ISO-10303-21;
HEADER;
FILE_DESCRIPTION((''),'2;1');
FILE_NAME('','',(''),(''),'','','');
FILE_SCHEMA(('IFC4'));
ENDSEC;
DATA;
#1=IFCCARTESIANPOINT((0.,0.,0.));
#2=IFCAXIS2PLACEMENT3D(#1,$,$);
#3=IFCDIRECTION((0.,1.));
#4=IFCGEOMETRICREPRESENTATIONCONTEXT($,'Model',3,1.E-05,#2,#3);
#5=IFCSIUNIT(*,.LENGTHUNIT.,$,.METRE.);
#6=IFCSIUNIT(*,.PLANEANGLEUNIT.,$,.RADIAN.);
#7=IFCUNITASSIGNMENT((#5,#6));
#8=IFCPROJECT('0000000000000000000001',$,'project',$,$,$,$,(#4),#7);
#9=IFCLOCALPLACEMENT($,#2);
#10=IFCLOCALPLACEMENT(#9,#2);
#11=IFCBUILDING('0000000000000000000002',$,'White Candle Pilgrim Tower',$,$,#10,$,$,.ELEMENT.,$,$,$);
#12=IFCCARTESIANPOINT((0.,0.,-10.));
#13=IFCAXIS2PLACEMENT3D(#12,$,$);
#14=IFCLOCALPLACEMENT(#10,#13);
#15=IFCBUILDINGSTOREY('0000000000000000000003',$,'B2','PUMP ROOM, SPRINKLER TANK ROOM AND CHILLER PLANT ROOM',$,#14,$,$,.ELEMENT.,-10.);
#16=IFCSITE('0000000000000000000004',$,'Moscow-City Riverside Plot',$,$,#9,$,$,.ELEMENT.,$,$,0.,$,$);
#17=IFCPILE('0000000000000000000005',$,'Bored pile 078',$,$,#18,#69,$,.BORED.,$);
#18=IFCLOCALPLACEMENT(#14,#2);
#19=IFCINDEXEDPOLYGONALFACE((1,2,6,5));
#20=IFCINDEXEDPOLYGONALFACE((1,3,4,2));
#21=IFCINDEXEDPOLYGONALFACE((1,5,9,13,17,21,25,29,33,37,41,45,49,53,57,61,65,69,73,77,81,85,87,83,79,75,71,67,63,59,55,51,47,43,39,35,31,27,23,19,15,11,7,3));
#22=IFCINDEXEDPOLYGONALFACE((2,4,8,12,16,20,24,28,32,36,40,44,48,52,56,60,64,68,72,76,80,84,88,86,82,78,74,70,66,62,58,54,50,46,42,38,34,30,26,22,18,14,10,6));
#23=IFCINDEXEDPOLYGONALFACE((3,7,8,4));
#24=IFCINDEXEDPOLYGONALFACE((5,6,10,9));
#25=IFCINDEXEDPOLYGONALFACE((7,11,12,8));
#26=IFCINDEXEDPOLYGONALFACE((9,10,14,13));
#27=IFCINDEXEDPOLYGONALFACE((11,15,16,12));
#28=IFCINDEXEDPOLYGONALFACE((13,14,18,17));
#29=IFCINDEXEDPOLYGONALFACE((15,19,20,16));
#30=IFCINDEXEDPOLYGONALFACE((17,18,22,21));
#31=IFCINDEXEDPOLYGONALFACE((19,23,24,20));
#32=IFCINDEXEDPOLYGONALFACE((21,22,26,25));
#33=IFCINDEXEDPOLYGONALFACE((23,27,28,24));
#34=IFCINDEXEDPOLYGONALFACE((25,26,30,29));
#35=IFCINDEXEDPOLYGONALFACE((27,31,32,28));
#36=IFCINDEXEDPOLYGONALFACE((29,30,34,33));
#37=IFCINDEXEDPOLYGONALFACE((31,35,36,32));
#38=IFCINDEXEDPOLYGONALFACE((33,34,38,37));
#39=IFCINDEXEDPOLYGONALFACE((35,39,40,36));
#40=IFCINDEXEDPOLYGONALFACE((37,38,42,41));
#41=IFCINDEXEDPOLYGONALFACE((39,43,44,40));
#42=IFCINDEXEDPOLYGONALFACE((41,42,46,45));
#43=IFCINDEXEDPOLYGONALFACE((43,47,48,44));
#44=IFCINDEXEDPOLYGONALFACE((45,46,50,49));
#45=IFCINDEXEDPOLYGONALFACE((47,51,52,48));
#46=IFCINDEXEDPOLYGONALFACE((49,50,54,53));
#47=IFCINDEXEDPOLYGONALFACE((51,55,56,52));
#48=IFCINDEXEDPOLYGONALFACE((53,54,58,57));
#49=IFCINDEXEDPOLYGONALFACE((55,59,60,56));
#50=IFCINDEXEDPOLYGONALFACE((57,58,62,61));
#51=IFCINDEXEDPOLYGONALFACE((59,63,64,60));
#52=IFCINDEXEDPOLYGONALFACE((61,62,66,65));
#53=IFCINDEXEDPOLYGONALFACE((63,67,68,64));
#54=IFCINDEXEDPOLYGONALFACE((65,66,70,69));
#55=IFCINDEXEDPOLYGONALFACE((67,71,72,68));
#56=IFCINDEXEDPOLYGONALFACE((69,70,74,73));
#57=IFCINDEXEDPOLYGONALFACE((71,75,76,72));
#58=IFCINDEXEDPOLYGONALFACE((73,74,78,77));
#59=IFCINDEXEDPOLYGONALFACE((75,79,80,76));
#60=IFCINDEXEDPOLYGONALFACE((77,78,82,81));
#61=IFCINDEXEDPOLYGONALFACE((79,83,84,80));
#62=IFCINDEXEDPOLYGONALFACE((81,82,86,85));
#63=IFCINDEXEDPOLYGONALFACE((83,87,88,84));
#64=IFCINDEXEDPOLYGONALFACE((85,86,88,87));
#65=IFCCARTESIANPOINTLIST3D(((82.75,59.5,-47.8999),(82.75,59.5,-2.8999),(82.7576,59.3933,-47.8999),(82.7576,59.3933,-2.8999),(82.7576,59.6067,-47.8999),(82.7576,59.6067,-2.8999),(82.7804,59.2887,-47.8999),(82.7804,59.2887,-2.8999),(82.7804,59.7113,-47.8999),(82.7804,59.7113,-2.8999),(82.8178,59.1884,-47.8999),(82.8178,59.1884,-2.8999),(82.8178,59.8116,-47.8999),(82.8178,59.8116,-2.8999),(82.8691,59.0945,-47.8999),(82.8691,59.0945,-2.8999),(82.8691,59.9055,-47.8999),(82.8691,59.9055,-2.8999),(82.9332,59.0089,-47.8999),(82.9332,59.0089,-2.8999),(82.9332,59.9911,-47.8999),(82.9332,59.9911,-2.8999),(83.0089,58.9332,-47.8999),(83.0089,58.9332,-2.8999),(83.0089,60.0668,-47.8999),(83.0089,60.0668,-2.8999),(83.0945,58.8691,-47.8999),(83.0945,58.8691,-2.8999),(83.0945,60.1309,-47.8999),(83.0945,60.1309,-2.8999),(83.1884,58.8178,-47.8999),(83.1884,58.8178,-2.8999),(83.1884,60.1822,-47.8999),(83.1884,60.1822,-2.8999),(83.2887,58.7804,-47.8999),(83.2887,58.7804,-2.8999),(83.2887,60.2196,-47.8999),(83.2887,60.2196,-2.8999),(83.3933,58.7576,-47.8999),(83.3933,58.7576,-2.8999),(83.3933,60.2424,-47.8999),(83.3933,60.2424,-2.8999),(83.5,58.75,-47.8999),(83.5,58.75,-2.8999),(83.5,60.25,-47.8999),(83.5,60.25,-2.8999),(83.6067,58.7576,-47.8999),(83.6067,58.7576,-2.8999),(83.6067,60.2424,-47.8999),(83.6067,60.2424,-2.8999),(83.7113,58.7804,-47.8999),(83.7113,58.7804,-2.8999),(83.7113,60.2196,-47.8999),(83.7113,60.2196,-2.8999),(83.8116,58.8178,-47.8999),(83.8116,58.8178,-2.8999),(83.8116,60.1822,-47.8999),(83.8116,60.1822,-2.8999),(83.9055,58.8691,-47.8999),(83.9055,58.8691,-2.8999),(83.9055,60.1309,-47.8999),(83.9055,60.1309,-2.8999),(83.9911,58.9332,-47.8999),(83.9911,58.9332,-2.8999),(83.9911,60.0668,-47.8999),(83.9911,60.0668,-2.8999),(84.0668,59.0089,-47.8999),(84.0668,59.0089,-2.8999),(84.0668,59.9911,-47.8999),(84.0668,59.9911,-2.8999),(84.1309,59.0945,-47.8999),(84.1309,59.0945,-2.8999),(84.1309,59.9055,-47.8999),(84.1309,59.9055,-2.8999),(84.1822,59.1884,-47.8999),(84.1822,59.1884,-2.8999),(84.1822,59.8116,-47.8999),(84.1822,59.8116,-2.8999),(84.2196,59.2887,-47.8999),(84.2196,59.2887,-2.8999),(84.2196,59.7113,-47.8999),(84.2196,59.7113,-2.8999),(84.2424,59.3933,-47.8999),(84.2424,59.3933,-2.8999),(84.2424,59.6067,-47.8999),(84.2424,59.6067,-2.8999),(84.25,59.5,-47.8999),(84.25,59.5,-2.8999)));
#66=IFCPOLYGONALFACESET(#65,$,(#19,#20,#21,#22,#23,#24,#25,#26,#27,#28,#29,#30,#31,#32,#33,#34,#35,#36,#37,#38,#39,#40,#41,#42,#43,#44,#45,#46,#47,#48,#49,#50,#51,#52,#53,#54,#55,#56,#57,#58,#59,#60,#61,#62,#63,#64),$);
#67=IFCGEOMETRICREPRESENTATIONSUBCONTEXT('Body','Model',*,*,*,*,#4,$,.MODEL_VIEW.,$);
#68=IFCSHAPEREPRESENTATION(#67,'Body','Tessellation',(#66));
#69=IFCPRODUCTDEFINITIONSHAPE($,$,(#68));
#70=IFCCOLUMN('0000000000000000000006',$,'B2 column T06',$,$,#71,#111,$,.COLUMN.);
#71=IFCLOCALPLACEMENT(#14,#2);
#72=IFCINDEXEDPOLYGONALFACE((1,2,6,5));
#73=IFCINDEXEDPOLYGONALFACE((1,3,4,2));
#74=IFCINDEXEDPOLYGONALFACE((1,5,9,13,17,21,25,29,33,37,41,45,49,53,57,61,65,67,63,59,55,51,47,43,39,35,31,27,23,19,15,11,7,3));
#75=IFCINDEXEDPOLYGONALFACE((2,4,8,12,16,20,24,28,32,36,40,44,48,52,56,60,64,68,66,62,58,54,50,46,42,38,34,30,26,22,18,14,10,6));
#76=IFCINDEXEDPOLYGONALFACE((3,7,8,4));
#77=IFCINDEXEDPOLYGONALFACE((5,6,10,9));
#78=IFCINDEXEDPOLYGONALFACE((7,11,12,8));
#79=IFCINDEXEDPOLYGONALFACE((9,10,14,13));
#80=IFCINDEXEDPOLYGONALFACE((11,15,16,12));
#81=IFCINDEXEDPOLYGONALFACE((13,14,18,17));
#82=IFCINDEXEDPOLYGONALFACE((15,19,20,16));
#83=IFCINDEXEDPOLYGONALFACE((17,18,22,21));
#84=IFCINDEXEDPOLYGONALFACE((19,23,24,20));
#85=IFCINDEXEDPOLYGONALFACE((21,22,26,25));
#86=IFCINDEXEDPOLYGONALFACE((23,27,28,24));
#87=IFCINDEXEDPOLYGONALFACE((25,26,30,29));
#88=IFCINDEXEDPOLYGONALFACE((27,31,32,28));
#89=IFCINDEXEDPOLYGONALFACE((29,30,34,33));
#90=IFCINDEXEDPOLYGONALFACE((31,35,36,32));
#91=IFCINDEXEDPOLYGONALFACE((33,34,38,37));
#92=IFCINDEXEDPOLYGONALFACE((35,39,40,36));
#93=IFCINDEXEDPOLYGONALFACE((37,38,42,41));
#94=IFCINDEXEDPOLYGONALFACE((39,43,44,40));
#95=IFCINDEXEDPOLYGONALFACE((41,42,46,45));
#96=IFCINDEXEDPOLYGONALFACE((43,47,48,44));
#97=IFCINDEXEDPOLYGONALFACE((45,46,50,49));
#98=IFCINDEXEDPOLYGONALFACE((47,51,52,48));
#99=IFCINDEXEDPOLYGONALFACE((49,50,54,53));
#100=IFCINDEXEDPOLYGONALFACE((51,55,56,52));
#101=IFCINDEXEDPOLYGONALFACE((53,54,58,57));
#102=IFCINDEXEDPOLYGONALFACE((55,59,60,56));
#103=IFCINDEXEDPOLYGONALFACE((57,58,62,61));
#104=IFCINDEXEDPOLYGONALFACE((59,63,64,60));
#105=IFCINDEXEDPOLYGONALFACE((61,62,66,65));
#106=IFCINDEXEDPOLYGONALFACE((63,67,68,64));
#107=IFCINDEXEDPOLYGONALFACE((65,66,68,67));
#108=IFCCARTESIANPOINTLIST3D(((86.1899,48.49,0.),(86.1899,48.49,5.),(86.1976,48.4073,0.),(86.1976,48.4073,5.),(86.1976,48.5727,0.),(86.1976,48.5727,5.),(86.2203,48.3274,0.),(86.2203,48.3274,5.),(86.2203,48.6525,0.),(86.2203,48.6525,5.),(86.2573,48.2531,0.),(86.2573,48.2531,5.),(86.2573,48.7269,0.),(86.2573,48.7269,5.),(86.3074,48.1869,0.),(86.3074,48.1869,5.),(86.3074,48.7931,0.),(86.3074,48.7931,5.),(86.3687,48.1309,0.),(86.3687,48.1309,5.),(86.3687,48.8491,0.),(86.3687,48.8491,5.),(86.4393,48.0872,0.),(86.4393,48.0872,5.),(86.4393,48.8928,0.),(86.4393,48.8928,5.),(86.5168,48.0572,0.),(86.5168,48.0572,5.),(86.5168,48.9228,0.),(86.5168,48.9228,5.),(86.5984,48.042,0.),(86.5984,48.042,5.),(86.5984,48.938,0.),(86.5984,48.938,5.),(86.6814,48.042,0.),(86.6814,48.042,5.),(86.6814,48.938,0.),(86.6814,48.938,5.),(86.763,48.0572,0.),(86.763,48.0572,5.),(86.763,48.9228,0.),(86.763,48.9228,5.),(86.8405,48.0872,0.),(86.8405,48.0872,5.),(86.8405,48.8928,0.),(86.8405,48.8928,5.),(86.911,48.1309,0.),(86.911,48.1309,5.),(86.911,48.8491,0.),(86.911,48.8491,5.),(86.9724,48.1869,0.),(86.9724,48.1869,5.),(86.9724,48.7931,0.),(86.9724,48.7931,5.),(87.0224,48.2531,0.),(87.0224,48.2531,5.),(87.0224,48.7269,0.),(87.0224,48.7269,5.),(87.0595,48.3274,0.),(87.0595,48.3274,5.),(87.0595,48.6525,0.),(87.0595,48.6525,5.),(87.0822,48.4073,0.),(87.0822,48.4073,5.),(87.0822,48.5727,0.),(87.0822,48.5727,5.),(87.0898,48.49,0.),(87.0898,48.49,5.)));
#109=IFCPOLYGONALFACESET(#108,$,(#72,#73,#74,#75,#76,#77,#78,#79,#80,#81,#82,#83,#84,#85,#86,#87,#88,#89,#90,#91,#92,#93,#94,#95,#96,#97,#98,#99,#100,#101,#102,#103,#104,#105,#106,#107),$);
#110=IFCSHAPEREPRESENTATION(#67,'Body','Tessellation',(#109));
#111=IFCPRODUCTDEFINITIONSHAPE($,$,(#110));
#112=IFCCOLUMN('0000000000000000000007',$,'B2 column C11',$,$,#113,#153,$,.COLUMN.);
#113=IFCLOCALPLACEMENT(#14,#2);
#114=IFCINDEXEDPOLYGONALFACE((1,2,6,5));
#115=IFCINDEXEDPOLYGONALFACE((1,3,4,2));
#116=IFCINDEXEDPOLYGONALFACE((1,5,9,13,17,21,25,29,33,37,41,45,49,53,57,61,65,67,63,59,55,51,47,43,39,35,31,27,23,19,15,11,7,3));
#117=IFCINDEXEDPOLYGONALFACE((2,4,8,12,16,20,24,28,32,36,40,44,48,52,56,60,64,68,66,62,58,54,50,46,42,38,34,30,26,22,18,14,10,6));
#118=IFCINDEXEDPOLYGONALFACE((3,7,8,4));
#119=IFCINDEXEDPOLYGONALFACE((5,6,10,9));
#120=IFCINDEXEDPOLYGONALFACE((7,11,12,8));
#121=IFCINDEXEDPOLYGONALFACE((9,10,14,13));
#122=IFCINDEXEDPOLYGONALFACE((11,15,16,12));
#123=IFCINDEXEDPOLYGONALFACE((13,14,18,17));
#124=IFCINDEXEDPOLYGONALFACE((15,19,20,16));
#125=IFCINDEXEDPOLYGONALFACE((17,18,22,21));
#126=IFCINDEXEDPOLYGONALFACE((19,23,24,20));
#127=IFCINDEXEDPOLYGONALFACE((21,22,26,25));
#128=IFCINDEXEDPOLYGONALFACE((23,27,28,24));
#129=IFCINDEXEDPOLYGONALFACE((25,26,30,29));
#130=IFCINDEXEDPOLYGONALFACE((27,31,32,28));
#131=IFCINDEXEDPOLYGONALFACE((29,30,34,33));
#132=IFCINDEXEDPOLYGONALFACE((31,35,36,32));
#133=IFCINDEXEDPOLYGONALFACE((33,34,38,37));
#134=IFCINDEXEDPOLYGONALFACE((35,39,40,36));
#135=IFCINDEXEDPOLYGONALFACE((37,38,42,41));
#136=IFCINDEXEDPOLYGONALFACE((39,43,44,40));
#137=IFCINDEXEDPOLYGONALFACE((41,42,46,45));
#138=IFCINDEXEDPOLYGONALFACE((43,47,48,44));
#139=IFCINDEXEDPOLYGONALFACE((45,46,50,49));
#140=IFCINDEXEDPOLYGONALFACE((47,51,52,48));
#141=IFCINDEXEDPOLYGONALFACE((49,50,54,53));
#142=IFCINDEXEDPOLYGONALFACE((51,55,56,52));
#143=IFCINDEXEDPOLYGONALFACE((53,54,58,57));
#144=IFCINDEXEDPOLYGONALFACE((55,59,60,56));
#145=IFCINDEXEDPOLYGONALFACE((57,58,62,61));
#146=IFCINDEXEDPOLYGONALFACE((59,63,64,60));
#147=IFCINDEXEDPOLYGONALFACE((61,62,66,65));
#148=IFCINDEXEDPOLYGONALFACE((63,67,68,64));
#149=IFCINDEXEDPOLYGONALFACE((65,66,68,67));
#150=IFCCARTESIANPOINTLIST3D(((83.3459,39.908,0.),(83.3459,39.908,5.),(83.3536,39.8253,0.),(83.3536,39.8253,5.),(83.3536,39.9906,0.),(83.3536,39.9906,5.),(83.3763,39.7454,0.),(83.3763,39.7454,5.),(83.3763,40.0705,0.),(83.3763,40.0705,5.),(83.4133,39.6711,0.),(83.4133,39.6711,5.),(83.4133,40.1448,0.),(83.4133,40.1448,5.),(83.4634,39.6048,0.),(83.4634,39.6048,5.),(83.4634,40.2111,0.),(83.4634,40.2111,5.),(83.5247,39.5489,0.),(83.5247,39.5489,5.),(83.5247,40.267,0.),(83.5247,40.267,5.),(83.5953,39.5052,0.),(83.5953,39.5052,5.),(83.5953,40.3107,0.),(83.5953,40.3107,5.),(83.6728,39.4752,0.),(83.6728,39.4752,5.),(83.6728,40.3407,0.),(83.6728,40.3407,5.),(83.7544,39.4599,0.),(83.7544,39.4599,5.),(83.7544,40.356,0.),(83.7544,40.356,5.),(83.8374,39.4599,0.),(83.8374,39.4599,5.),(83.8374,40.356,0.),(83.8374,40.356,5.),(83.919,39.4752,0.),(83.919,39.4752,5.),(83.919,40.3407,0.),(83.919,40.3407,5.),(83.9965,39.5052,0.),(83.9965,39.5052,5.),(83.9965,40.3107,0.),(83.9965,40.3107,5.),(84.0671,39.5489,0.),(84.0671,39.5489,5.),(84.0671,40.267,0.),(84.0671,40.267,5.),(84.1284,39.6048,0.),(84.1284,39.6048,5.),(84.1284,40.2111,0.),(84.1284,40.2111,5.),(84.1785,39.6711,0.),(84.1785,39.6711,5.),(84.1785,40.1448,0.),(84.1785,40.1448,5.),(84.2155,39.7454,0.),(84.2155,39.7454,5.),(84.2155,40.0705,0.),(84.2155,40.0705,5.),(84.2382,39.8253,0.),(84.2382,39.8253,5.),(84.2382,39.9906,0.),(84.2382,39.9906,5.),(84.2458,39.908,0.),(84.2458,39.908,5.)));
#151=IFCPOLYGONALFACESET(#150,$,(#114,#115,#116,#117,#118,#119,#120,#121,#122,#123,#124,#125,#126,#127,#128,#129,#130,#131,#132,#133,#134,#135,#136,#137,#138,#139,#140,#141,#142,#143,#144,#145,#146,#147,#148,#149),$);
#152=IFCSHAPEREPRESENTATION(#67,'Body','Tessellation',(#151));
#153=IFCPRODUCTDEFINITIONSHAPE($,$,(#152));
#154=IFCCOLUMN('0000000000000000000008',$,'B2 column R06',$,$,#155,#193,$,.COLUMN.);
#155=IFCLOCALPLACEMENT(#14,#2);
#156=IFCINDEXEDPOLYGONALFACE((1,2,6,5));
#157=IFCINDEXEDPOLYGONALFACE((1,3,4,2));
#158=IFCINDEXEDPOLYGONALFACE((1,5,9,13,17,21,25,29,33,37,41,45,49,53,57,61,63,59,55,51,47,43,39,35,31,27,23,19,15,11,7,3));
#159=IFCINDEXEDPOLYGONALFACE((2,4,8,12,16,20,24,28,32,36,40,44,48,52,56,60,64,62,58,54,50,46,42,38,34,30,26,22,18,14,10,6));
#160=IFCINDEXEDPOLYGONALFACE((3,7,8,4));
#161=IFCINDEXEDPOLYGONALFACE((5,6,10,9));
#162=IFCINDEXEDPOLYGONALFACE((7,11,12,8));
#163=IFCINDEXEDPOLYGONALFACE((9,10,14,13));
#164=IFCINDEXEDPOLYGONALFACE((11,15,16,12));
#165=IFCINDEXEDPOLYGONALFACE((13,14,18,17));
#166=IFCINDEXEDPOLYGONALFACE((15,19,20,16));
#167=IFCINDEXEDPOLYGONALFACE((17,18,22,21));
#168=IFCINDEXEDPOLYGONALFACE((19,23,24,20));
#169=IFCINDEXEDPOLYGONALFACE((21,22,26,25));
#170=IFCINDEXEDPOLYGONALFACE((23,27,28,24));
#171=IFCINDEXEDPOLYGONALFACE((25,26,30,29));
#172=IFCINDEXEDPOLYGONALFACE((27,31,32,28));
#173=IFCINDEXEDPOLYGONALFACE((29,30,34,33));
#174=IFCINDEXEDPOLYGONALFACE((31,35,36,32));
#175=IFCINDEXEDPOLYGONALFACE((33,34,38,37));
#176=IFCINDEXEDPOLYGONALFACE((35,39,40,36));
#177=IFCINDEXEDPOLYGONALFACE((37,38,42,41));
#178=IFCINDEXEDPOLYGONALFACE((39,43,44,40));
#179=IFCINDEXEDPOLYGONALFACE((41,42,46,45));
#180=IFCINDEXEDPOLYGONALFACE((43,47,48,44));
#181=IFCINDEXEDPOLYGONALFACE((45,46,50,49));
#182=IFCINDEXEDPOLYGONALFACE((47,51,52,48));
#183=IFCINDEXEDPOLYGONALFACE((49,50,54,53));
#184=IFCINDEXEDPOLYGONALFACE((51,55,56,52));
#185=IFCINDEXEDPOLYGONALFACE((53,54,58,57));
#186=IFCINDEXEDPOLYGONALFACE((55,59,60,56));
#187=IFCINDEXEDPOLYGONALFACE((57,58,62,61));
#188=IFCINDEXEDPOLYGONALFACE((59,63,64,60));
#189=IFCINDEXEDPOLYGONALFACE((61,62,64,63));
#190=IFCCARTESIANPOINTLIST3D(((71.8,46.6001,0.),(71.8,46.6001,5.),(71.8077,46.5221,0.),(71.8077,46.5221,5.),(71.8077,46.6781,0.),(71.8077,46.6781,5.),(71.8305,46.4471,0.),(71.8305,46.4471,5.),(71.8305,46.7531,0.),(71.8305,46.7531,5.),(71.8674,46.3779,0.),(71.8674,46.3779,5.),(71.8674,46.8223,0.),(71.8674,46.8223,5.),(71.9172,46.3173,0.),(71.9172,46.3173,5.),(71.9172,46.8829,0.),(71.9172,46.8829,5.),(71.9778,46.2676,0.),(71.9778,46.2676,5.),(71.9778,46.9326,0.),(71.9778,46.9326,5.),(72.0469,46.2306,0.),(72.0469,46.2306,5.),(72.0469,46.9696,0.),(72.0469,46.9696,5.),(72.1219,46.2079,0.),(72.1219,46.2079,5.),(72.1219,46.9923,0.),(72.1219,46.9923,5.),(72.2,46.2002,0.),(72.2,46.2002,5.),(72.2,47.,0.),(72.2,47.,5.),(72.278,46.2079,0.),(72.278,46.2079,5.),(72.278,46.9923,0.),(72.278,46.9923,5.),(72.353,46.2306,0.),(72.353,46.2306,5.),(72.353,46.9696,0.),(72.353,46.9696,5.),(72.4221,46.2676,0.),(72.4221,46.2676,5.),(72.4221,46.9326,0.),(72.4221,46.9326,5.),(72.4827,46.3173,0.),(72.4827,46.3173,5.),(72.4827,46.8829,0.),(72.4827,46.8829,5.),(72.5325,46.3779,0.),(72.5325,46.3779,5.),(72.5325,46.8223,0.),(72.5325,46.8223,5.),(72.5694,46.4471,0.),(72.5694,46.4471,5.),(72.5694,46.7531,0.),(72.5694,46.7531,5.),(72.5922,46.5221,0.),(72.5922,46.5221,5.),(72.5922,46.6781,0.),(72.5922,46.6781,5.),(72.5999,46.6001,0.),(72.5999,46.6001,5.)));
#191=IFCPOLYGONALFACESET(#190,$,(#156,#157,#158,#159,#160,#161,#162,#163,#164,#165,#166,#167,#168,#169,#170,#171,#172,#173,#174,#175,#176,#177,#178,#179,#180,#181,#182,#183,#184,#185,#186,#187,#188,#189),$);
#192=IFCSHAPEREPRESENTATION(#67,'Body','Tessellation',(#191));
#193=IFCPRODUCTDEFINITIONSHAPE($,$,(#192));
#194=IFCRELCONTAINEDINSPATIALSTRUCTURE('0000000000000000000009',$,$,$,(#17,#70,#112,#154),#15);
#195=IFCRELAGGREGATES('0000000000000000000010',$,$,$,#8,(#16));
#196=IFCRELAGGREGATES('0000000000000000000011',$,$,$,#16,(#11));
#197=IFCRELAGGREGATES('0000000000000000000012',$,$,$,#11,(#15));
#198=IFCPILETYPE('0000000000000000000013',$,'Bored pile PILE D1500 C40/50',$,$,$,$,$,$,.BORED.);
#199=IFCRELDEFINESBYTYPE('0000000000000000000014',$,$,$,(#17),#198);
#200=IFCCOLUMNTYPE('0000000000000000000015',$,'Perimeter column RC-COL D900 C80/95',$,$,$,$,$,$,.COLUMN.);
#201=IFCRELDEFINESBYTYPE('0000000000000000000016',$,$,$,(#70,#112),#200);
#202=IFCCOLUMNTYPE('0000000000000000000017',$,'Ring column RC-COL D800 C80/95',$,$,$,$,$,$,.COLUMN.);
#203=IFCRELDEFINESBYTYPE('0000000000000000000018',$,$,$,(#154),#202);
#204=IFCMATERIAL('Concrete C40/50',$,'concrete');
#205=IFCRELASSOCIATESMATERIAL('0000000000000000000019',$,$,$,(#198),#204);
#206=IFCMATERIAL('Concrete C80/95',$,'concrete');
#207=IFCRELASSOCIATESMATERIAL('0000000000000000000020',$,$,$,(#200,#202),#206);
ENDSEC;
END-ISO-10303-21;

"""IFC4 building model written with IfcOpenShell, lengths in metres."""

from ifc_helpers import new_model, si_unit, direction, frame, origin, origin_2d, place, context, subcontext, project, spatial, circle, extrude, material, material_profile, profile_set, type_object, element, save


model = new_model("IFC4")

# Units and contexts
model_context = context("Model", 3, precision=1e-05, world=origin(), true_north=direction((0.0, 1.0)))
body_context = subcontext(model_context, "Body", "Model", "MODEL_VIEW")
ifc_project = project(units=[si_unit("LENGTHUNIT", "METRE"), si_unit("PLANEANGLEUNIT", "RADIAN")], contexts=[model_context])

# Site, building, storey
site_placement = place(None, origin())
site = spatial("IfcSite", under=ifc_project, at=site_placement, Name="Moscow-City Riverside Plot", CompositionType="ELEMENT", RefElevation=0.0)
building_placement = place(site_placement, origin())
building = spatial("IfcBuilding", under=site, at=building_placement, Name="White Candle Pilgrim Tower", CompositionType="ELEMENT")
storey_placement = place(building_placement, frame((0.0, 0.0, -10.0)))
storey = spatial("IfcBuildingStorey", under=building, at=storey_placement, Name="B2", Description="PUMP ROOM, SPRINKLER TANK ROOM AND CHILLER PLANT ROOM", CompositionType="ELEMENT", Elevation=-10.0)

# Pile
ifc_material_1 = material(Name="Concrete C40/50", Category="concrete")
ifc_material_profile_1 = material_profile(ifc_material_1, circle(Radius=0.75, at=origin_2d()), Name="PILE D1500")
ifc_profile_set_1 = profile_set([ifc_material_profile_1], Name="Concrete C40/50")
pile_type = type_object("IfcPileType", Name="Bored pile PILE D1500 C40/50", PredefinedType="BORED", material=ifc_profile_set_1)
for number, where, z_axis, x_axis, name in (
    (1, (83.5, 59.5, -2.8999), (0.0, 0.0, -1.0), (1.0, 0.0, 0.0), "Bored pile 078"),
):
    element("IfcPile", number, at=place(storey_placement, frame(where, z_axis=z_axis, x_axis=x_axis)), inside=storey, type_object=pile_type, Name=name, PredefinedType="BORED", context=body_context, shape_type="SweptSolid", body=[
        extrude(circle(Radius=0.75, at=origin_2d()), origin(), (0.0, 0.0, 1.0), 45.0),
    ])

# Columns
ifc_material_2 = material(Name="Concrete C80/95", Category="concrete")
ifc_material_profile_2 = material_profile(ifc_material_2, circle(Radius=0.45, at=origin_2d()), Name="RC-COL D900")
ifc_profile_set_2 = profile_set([ifc_material_profile_2], Name="Concrete C80/95")
column_type_1 = type_object("IfcColumnType", Name="Perimeter column RC-COL D900 C80/95", PredefinedType="COLUMN", material=ifc_profile_set_2)
for number, where, z_axis, x_axis, name in (
    (2, (86.6399, 48.49, 0.0), (0.0, 0.0, 1.0), (1.0, 0.0, 0.0), "B2 column T06"),
    (3, (83.7959, 39.908, 0.0), (0.0, 0.0, 1.0), (1.0, 0.0, 0.0), "B2 column C11"),
):
    element("IfcColumn", number, at=place(storey_placement, frame(where, z_axis=z_axis, x_axis=x_axis)), inside=storey, type_object=column_type_1, Name=name, PredefinedType="COLUMN", context=body_context, shape_type="SweptSolid", body=[
        extrude(circle(Radius=0.45, at=origin_2d()), origin(), (0.0, 0.0, 1.0), 5.0),
    ])
ifc_material_profile_3 = material_profile(ifc_material_2, circle(Radius=0.3999, at=origin_2d()), Name="RC-COL D800")
ifc_profile_set_3 = profile_set([ifc_material_profile_3], Name="Concrete C80/95")
column_type_2 = type_object("IfcColumnType", Name="Ring column RC-COL D800 C80/95", PredefinedType="COLUMN", material=ifc_profile_set_3)
for number, where, z_axis, x_axis, name in (
    (4, (72.2, 46.6001, 0.0), (0.0, 0.0, 1.0), (1.0, 0.0, 0.0), "B2 column R06"),
):
    element("IfcColumn", number, at=place(storey_placement, frame(where, z_axis=z_axis, x_axis=x_axis)), inside=storey, type_object=column_type_2, Name=name, PredefinedType="COLUMN", context=body_context, shape_type="SweptSolid", body=[
        extrude(circle(Radius=0.3999, at=origin_2d()), origin(), (0.0, 0.0, 1.0), 5.0),
    ])

save(model, "model.ifc")
